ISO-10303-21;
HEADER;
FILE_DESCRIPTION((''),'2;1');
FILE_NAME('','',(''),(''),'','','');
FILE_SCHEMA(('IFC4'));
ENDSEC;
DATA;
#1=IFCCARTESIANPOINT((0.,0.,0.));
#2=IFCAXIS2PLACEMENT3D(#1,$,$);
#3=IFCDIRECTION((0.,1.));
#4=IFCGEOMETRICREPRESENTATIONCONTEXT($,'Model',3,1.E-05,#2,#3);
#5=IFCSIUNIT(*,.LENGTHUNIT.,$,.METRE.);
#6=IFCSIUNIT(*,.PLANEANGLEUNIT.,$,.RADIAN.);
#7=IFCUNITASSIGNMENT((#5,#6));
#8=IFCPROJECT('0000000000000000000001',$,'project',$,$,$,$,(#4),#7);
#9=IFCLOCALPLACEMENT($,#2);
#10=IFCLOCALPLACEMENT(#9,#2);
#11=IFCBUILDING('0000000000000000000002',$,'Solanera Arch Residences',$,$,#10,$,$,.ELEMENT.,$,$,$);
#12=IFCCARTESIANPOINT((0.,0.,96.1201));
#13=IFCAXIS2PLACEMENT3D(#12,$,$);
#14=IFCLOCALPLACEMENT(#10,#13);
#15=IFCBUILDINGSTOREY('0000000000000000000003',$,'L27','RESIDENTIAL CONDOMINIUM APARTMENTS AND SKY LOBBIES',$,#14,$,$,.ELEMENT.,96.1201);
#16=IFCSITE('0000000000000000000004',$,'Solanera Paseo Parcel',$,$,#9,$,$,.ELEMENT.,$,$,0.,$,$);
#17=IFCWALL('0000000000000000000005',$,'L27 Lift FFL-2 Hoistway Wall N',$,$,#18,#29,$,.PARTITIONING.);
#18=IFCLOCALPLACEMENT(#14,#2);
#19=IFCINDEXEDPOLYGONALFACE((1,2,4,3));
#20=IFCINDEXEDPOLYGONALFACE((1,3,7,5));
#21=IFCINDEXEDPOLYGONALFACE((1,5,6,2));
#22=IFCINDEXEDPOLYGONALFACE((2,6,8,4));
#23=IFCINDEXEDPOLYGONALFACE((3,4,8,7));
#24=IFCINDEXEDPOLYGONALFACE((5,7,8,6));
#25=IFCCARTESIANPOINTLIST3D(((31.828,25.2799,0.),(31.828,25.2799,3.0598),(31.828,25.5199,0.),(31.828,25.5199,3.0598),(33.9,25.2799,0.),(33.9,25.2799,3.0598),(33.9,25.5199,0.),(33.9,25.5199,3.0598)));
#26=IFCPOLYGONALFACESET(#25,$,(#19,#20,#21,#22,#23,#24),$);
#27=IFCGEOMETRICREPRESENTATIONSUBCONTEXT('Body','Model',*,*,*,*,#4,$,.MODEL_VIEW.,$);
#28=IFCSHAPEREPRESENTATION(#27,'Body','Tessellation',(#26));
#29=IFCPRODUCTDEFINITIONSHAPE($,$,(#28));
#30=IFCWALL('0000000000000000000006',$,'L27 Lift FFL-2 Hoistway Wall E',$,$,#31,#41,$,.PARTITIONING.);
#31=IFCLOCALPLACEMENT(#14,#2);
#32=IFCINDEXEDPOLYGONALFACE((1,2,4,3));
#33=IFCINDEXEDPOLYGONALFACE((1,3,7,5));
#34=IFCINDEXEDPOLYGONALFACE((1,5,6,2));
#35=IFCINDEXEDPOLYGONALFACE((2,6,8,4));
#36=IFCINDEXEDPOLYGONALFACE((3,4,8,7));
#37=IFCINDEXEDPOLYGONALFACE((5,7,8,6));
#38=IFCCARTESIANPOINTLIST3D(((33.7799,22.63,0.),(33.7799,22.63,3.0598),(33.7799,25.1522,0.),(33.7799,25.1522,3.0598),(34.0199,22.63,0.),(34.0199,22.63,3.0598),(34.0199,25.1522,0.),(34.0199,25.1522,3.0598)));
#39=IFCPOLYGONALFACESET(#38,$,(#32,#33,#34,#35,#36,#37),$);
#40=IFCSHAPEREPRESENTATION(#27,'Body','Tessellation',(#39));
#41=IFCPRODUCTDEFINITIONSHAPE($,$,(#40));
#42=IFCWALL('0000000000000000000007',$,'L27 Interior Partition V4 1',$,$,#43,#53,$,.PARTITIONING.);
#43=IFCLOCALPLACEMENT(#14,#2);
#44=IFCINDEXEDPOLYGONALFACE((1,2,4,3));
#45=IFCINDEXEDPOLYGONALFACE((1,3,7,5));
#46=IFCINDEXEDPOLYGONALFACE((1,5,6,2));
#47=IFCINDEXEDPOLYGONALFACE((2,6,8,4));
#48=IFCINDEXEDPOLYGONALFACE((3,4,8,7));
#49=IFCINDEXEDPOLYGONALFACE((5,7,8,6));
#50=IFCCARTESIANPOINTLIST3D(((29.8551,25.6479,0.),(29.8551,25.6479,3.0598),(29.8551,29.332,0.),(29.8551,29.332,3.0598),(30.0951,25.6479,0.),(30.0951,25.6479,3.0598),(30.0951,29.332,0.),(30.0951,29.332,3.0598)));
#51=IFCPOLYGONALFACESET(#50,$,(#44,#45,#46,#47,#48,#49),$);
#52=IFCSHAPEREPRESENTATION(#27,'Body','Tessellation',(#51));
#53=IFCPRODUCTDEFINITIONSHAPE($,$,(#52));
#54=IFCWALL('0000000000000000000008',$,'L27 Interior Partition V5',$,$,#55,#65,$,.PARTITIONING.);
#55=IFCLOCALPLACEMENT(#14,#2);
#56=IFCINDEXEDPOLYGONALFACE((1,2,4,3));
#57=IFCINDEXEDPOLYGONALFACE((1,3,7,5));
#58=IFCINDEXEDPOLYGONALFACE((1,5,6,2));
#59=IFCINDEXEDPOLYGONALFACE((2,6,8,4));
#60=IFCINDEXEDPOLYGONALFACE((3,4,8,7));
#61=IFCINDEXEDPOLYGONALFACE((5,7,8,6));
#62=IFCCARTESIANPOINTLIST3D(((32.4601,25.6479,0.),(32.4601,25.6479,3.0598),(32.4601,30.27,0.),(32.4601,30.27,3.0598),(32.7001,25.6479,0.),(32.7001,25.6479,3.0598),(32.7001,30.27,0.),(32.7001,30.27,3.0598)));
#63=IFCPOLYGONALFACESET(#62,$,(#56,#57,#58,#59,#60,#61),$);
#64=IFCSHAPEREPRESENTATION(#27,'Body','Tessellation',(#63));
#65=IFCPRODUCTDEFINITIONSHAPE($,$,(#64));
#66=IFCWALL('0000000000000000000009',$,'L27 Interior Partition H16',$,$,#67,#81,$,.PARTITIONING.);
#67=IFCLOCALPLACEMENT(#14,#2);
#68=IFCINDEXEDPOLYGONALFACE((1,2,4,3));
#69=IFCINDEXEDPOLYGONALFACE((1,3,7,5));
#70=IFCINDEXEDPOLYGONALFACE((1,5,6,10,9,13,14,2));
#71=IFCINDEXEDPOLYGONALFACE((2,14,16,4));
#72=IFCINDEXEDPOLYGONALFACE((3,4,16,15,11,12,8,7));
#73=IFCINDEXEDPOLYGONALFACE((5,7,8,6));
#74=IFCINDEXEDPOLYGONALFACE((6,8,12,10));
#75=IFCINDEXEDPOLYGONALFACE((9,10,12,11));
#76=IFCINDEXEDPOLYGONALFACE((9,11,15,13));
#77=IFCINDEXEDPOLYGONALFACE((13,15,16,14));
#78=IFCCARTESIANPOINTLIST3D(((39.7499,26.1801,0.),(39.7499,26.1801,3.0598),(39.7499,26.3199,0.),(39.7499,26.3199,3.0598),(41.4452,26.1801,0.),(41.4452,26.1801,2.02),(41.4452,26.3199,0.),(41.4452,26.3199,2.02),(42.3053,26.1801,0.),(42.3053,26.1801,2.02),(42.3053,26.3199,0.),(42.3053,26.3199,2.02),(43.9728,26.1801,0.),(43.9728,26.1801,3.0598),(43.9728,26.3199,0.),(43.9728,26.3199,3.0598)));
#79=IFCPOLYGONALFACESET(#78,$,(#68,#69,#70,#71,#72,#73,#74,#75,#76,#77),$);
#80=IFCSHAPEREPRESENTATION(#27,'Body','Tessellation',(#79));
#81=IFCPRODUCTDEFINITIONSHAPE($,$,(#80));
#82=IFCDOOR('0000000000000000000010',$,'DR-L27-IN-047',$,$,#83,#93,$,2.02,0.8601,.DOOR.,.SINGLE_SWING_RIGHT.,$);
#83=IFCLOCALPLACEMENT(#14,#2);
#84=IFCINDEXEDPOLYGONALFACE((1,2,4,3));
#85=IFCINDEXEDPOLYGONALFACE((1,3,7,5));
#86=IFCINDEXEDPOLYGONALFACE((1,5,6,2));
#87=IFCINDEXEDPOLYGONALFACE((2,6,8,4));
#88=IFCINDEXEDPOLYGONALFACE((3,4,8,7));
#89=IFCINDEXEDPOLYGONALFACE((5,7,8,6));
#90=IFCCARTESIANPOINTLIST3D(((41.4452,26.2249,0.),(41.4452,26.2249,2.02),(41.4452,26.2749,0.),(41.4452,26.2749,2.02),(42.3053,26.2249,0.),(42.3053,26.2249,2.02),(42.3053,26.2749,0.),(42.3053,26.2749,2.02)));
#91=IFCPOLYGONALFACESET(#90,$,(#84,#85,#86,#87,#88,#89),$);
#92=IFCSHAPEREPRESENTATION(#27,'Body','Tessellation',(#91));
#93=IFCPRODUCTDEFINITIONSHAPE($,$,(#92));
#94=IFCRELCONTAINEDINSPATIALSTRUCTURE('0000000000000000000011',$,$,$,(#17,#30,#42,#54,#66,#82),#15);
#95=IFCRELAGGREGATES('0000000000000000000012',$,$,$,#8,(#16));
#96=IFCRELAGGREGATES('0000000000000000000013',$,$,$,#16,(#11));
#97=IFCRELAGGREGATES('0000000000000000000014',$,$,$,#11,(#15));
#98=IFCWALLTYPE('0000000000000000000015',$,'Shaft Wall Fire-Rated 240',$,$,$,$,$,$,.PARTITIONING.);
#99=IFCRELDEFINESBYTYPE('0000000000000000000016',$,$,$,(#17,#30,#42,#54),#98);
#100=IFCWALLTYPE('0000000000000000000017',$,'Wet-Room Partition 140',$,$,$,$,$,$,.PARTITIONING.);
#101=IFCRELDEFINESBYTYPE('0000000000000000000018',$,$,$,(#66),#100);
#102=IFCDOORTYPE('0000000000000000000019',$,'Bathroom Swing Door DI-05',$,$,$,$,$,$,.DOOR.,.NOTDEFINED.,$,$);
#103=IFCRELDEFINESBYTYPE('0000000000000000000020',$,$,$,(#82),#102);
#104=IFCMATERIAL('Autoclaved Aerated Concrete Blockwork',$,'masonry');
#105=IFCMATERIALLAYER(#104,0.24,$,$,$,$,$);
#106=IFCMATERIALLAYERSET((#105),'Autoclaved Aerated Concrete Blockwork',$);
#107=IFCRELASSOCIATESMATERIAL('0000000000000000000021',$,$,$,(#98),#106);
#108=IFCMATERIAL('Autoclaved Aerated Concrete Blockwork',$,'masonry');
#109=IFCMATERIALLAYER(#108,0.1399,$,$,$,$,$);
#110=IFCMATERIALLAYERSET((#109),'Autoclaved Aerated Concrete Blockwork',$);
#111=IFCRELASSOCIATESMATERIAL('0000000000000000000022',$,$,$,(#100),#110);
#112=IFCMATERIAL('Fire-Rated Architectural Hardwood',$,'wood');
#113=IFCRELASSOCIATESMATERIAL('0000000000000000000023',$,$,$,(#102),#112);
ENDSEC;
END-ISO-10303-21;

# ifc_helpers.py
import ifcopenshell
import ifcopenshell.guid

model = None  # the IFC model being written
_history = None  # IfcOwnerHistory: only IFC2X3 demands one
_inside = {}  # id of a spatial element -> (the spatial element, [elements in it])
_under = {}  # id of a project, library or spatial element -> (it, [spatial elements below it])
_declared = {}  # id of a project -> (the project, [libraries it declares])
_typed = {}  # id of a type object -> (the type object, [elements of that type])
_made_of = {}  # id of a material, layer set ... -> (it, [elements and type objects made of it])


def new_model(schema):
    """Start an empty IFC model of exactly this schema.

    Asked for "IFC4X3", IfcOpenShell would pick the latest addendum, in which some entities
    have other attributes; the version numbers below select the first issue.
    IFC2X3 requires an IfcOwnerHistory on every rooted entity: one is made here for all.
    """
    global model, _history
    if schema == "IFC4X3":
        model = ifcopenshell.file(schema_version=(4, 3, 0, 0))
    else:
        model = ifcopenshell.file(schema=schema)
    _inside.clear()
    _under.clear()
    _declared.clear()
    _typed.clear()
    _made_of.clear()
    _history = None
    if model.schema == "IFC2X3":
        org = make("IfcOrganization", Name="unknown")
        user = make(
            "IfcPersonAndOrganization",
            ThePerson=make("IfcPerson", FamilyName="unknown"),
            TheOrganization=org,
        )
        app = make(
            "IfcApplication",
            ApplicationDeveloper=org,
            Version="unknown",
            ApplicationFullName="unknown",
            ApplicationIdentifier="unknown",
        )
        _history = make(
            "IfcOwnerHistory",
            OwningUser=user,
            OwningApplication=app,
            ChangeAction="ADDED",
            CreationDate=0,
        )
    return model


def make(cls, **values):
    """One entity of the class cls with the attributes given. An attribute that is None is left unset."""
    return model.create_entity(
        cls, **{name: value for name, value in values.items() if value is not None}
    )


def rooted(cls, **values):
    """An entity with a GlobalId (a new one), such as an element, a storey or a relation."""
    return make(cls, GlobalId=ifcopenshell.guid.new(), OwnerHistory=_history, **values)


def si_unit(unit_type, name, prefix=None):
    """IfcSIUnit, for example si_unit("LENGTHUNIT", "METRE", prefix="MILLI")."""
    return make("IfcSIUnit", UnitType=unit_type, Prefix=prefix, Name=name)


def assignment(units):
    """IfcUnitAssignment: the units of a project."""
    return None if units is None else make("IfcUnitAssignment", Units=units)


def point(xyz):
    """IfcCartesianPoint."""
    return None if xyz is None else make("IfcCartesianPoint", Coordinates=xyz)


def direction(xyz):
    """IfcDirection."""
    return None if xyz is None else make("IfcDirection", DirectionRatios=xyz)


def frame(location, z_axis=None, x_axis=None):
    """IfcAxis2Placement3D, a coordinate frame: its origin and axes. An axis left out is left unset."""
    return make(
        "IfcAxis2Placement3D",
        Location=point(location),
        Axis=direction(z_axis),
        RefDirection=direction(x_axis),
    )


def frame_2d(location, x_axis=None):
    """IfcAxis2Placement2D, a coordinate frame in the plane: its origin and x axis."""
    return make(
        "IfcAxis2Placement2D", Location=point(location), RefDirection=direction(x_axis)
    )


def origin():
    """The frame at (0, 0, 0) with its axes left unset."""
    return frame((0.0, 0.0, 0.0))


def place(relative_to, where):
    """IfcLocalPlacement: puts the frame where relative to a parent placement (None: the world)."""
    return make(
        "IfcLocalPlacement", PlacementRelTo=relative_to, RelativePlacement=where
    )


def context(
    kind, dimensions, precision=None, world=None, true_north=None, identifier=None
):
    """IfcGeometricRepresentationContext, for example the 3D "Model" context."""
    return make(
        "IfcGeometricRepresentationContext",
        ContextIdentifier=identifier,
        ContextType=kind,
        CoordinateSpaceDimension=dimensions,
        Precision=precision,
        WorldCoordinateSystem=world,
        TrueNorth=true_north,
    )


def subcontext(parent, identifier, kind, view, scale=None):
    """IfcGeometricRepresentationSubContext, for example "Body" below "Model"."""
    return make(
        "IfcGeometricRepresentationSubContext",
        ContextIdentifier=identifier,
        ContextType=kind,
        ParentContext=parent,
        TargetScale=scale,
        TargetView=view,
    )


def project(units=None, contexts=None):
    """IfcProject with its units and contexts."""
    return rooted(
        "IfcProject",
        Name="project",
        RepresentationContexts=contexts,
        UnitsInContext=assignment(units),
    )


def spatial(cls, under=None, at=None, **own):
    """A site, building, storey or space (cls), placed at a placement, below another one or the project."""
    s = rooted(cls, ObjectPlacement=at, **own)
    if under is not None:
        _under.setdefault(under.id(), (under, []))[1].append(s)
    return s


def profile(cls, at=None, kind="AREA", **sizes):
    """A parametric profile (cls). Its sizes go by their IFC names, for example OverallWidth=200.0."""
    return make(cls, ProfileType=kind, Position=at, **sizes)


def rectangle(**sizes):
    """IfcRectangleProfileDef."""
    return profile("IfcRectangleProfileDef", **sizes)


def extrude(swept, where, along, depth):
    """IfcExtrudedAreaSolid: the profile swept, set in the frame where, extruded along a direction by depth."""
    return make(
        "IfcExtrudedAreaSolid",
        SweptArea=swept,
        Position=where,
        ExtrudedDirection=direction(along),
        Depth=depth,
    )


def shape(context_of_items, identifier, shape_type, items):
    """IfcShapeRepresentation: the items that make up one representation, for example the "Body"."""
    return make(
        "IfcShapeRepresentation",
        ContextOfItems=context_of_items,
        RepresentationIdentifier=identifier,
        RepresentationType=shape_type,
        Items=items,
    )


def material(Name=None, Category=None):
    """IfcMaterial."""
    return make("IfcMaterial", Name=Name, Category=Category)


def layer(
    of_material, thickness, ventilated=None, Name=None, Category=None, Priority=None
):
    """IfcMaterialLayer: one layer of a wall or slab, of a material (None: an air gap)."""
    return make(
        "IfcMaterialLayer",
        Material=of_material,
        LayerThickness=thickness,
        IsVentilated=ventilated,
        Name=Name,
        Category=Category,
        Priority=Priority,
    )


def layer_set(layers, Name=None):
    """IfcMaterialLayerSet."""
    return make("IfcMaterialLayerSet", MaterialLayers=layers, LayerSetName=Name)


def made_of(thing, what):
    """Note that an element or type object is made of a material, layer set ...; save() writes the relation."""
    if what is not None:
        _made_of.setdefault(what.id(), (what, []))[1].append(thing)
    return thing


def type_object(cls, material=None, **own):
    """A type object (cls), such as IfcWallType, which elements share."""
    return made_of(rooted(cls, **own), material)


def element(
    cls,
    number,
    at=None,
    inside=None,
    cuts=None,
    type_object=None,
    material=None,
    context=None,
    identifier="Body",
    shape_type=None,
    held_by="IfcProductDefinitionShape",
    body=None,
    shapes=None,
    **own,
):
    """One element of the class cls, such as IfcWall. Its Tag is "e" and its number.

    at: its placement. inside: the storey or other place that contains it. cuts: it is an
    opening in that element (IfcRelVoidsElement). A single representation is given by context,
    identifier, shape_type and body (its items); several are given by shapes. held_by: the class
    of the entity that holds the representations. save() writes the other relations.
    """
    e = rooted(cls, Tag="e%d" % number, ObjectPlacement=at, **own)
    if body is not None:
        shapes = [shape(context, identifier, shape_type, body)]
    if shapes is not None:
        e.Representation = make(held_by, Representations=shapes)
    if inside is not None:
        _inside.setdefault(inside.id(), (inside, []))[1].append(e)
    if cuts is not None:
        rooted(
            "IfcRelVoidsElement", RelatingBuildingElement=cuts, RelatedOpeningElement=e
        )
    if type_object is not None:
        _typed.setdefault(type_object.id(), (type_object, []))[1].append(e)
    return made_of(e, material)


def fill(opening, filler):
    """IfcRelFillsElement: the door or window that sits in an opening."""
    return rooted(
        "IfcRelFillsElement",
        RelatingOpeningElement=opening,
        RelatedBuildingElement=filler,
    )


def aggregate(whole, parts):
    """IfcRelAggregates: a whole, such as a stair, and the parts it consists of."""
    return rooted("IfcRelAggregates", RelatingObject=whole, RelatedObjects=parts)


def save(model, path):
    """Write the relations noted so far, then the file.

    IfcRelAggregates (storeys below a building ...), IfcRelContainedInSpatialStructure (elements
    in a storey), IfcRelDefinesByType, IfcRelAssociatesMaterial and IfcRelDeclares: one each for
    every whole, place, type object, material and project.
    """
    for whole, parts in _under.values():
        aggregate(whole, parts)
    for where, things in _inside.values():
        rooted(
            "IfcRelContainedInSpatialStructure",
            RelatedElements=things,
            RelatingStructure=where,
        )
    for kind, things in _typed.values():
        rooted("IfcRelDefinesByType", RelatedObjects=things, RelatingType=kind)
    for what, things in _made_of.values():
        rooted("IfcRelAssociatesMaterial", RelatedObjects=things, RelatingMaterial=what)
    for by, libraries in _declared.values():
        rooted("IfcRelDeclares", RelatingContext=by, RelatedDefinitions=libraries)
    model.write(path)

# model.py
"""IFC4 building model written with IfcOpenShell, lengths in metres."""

from ifc_helpers import new_model, si_unit, direction, frame, frame_2d, origin, place, context, subcontext, project, spatial, rectangle, extrude, material, layer, layer_set, type_object, element, fill, save


model = new_model("IFC4")

# Units and contexts
model_context = context("Model", 3, precision=1e-05, world=origin(), true_north=direction((0.0, 1.0)))
body_context = subcontext(model_context, "Body", "Model", "MODEL_VIEW")
ifc_project = project(units=[si_unit("LENGTHUNIT", "METRE"), si_unit("PLANEANGLEUNIT", "RADIAN")], contexts=[model_context])

# Site, building, storey
site_placement = place(None, origin())
site = spatial("IfcSite", under=ifc_project, at=site_placement, Name="Solanera Paseo Parcel", CompositionType="ELEMENT", RefElevation=0.0)
building_placement = place(site_placement, origin())
building = spatial("IfcBuilding", under=site, at=building_placement, Name="Solanera Arch Residences", CompositionType="ELEMENT")
storey_placement = place(building_placement, frame((0.0, 0.0, 96.1201)))
storey = spatial("IfcBuildingStorey", under=building, at=storey_placement, Name="L27", Description="RESIDENTIAL CONDOMINIUM APARTMENTS AND SKY LOBBIES", CompositionType="ELEMENT", Elevation=96.1201)

# Walls
ifc_material_1 = material(Name="Autoclaved Aerated Concrete Blockwork", Category="masonry")
ifc_layer_1 = layer(ifc_material_1, 0.24)
ifc_layer_set_1 = layer_set([ifc_layer_1], Name="Autoclaved Aerated Concrete Blockwork")
wall_type_1 = type_object("IfcWallType", Name="Shaft Wall Fire-Rated 240", PredefinedType="PARTITIONING", material=ifc_layer_set_1)
wall_1_placement = place(storey_placement, frame((31.8279, 25.3999, 0.0), z_axis=(0.0, 0.0, 1.0), x_axis=(1.0, 0.0, 0.0)))
element("IfcWall", 1, at=wall_1_placement, inside=storey, type_object=wall_type_1, Name="L27 Lift FFL-2 Hoistway Wall N", PredefinedType="PARTITIONING", context=body_context, shape_type="SweptSolid", body=[
    extrude(rectangle(XDim=2.072, YDim=0.24, at=frame_2d((1.0361, 0.0))), origin(), (0.0, 0.0, 1.0), 3.0598),
])
wall_2_placement = place(storey_placement, frame((33.8999, 22.6299, 0.0), z_axis=(0.0, 0.0, 1.0), x_axis=(0.0, 1.0, 0.0)))
element("IfcWall", 2, at=wall_2_placement, inside=storey, type_object=wall_type_1, Name="L27 Lift FFL-2 Hoistway Wall E", PredefinedType="PARTITIONING", context=body_context, shape_type="SweptSolid", body=[
    extrude(rectangle(XDim=2.5222, YDim=0.24, at=frame_2d((1.2612, 0.0))), origin(), (0.0, 0.0, 1.0), 3.0598),
])
wall_3_placement = place(storey_placement, frame((29.9751, 25.6479, 0.0), z_axis=(0.0, 0.0, 1.0), x_axis=(0.0, 1.0, 0.0)))
element("IfcWall", 3, at=wall_3_placement, inside=storey, type_object=wall_type_1, Name="L27 Interior Partition V4 1", PredefinedType="PARTITIONING", context=body_context, shape_type="SweptSolid", body=[
    extrude(rectangle(XDim=3.6841, YDim=0.24, at=frame_2d((1.842, 0.0))), origin(), (0.0, 0.0, 1.0), 3.0598),
])

# Wall
wall_4_placement = place(storey_placement, frame((32.5801, 25.6479, 0.0), z_axis=(0.0, 0.0, 1.0), x_axis=(0.0, 1.0, 0.0)))
element("IfcWall", 4, at=wall_4_placement, inside=storey, type_object=wall_type_1, Name="L27 Interior Partition V5", PredefinedType="PARTITIONING", context=body_context, shape_type="SweptSolid", body=[
    extrude(rectangle(XDim=4.6221, YDim=0.24, at=frame_2d((2.311, 0.0))), origin(), (0.0, 0.0, 1.0), 3.0598),
])

# Wall, opening, door
ifc_material_2 = material(Name="Autoclaved Aerated Concrete Blockwork", Category="masonry")
ifc_layer_2 = layer(ifc_material_2, 0.1399)
ifc_layer_set_2 = layer_set([ifc_layer_2], Name="Autoclaved Aerated Concrete Blockwork")
wall_type_2 = type_object("IfcWallType", Name="Wet-Room Partition 140", PredefinedType="PARTITIONING", material=ifc_layer_set_2)
wall_5_placement = place(storey_placement, frame((39.75, 26.25, 0.0), z_axis=(0.0, 0.0, 1.0), x_axis=(1.0, 0.0, 0.0)))
wall_5 = element("IfcWall", 5, at=wall_5_placement, inside=storey, type_object=wall_type_2, Name="L27 Interior Partition H16", PredefinedType="PARTITIONING", context=body_context, shape_type="SweptSolid", body=[
    extrude(rectangle(XDim=4.2229, YDim=0.1399, at=frame_2d((2.1113, 0.0))), origin(), (0.0, 0.0, 1.0), 3.0598),
])
opening_1_placement = place(wall_5_placement, frame((1.6951, 0.0, 0.0)))
opening_1 = element("IfcOpeningElement", 6, at=opening_1_placement, cuts=wall_5, PredefinedType="OPENING", context=body_context, shape_type="SweptSolid", body=[
    extrude(rectangle(XDim=0.8601, YDim=2.02, at=frame_2d((0.4302, 1.01))), frame((0.0, 0.0798, 0.0), z_axis=(0.0, -1.0, 0.0), x_axis=(1.0, 0.0, 0.0)), (0.0, 0.0, 1.0), 0.1599),
])
ifc_material_3 = material(Name="Fire-Rated Architectural Hardwood", Category="wood")
door_type_1 = type_object("IfcDoorType", Name="Bathroom Swing Door DI-05", OperationType="NOTDEFINED", PredefinedType="DOOR", material=ifc_material_3)
door_1_placement = place(opening_1_placement, origin())
door_1 = element("IfcDoor", 7, at=door_1_placement, inside=storey, type_object=door_type_1, Name="DR-L27-IN-047", OperationType="SINGLE_SWING_RIGHT", OverallHeight=2.02, OverallWidth=0.8601, PredefinedType="DOOR", context=body_context, shape_type="SweptSolid", body=[
    extrude(rectangle(XDim=0.8601, YDim=2.02, at=frame_2d((0.4302, 1.01))), frame((0.0, 0.0249, 0.0), z_axis=(0.0, -1.0, 0.0), x_axis=(1.0, 0.0, 0.0)), (0.0, 0.0, 1.0), 0.05),
])
fill(opening_1, door_1)

save(model, "model.ifc")
